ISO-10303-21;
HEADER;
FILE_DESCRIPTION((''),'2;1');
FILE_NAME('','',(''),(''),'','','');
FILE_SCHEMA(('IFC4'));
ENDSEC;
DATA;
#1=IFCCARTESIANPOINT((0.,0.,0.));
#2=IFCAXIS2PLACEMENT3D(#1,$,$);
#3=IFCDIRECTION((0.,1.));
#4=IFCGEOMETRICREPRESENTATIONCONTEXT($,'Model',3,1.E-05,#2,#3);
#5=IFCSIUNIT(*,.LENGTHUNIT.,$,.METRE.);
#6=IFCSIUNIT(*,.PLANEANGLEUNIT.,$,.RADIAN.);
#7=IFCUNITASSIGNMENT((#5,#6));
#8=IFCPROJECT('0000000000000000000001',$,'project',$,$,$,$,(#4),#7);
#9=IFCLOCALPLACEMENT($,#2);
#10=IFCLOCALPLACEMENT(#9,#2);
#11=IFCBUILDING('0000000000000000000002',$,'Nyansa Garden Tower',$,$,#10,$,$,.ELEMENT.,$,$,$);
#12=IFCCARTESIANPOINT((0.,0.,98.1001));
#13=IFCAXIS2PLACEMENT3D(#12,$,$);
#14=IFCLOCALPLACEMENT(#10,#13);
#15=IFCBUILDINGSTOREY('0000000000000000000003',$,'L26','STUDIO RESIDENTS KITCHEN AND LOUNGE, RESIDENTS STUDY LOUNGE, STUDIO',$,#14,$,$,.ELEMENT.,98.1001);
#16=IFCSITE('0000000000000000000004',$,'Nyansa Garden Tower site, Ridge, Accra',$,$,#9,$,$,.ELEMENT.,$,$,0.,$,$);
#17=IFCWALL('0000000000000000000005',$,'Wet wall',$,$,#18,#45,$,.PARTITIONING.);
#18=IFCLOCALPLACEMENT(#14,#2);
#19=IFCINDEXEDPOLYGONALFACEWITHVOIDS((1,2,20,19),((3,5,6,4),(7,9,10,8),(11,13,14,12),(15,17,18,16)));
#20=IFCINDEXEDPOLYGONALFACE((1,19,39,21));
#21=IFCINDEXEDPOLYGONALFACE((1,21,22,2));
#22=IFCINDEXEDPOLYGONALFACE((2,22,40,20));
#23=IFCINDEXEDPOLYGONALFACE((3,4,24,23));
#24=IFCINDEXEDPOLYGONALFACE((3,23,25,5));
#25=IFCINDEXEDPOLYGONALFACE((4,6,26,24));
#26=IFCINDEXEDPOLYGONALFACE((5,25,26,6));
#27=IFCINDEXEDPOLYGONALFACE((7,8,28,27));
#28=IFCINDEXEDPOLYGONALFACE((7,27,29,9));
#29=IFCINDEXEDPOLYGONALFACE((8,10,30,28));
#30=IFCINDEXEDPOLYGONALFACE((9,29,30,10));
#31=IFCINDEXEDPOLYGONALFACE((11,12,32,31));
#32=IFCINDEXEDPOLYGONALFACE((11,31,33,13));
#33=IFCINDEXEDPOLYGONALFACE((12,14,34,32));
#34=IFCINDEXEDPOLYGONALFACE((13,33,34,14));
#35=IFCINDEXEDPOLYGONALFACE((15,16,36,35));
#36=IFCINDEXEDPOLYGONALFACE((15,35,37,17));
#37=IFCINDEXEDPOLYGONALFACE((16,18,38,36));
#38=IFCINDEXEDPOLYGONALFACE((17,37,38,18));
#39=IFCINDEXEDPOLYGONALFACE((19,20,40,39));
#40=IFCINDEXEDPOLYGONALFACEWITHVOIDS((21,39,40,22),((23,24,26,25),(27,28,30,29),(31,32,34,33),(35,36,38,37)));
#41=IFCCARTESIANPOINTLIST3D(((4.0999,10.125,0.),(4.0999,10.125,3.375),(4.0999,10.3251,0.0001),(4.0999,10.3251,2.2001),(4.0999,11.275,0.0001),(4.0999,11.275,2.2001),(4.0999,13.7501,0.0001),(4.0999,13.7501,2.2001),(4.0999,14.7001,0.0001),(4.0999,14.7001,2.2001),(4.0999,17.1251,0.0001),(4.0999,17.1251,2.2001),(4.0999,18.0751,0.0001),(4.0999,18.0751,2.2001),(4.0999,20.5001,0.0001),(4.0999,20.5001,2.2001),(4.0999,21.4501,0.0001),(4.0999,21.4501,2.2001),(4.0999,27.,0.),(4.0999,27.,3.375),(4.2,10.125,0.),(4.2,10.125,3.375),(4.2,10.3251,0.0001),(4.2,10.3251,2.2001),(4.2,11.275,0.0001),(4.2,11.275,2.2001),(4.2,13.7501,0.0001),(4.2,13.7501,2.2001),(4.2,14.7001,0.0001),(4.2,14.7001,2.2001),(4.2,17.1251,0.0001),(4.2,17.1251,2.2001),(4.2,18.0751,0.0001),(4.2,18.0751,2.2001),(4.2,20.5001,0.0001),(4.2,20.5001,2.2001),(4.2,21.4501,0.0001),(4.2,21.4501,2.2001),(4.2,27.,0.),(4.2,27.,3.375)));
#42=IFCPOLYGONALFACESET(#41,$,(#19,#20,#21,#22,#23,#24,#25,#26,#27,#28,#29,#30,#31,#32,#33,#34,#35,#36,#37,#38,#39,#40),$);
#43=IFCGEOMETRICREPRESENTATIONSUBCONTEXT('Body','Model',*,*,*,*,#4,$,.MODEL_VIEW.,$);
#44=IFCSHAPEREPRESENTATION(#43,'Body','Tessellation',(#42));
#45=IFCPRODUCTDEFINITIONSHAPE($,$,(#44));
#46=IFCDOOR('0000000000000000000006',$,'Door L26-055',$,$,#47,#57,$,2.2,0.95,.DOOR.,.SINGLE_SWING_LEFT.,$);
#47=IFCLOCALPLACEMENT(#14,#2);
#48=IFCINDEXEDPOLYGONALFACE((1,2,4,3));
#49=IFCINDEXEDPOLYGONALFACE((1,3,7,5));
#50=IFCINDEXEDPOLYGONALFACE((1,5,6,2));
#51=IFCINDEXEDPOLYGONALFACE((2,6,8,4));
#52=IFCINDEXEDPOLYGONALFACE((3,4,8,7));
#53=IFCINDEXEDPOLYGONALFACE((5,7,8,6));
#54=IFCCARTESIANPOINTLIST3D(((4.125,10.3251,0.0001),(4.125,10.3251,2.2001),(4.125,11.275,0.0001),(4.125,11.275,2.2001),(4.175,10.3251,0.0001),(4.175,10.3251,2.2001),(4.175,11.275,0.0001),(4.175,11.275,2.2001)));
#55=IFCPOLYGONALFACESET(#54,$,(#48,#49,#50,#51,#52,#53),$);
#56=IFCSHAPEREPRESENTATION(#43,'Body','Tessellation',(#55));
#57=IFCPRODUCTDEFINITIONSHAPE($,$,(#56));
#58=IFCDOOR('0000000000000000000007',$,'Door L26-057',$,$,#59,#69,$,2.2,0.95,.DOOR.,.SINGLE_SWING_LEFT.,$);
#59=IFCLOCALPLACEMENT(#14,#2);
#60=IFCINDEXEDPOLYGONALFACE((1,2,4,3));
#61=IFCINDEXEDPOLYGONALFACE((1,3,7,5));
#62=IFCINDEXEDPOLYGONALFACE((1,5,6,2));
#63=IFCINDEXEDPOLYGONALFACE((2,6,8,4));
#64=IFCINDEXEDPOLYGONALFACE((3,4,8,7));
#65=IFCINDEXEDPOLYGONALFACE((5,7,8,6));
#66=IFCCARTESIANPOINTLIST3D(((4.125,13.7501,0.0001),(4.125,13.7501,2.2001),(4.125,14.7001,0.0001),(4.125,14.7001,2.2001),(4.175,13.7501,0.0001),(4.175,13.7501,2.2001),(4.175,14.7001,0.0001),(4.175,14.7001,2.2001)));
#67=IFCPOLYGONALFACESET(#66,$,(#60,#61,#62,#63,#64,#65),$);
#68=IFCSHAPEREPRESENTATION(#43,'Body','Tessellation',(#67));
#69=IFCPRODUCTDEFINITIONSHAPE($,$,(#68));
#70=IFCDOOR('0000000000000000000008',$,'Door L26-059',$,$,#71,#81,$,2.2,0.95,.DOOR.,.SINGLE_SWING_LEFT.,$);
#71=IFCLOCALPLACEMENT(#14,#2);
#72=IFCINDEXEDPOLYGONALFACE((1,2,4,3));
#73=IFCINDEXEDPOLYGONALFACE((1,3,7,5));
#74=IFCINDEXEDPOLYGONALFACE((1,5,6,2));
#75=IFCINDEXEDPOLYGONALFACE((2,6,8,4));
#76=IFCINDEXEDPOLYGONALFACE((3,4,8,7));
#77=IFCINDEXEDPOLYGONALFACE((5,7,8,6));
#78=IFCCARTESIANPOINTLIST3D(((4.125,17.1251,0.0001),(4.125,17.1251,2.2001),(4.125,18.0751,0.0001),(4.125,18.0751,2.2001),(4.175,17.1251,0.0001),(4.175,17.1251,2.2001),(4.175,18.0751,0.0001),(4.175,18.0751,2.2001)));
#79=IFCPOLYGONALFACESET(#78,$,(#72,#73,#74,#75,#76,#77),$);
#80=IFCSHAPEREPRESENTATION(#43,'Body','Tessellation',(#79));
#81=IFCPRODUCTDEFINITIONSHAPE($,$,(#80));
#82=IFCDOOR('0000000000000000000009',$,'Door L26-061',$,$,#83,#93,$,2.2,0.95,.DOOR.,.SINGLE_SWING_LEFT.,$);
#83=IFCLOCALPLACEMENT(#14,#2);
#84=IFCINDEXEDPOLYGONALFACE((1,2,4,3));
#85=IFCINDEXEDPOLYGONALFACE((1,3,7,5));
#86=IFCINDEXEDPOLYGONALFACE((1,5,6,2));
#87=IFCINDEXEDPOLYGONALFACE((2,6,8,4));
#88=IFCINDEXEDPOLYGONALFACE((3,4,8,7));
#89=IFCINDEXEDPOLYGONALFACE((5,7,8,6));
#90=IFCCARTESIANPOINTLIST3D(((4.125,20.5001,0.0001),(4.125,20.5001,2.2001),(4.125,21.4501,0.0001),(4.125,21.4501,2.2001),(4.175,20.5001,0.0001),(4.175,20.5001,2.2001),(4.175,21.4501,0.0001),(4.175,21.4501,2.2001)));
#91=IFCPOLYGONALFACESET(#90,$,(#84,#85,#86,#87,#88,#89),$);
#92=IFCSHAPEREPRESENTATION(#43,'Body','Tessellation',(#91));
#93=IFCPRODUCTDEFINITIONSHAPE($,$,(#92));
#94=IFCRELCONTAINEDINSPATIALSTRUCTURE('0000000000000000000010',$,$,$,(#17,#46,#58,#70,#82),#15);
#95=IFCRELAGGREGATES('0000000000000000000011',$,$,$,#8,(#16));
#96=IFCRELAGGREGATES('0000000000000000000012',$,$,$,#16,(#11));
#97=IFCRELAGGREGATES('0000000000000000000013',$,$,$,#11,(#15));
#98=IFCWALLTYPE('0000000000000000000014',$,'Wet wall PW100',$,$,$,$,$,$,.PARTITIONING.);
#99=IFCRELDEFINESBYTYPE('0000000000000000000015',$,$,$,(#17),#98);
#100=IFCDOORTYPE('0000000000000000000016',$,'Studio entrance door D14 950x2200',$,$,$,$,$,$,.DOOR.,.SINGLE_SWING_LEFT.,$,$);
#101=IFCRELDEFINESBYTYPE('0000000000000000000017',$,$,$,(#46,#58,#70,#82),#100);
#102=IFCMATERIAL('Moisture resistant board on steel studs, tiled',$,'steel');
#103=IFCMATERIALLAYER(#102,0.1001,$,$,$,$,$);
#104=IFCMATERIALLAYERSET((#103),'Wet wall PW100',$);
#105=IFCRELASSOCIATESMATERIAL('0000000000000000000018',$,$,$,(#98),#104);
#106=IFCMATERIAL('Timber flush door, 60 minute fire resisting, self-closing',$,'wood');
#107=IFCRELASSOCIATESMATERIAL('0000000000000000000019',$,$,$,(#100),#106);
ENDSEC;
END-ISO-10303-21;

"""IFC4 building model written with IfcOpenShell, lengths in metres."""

from ifc_helpers import new_model, si_unit, direction, frame, frame_2d, origin, place, context, subcontext, project, spatial, rectangle, extrude, material, layer, layer_set, type_object, element, fill, save


model = new_model("IFC4")

# Units and contexts
model_context = context("Model", 3, precision=1e-05, world=origin(), true_north=direction((0.0, 1.0)))
body_context = subcontext(model_context, "Body", "Model", "MODEL_VIEW")
ifc_project = project(units=[si_unit("LENGTHUNIT", "METRE"), si_unit("PLANEANGLEUNIT", "RADIAN")], contexts=[model_context])

# Site, building, storey
site_placement = place(None, origin())
site = spatial("IfcSite", under=ifc_project, at=site_placement, Name="Nyansa Garden Tower site, Ridge, Accra", CompositionType="ELEMENT", RefElevation=0.0)
building_placement = place(site_placement, origin())
building = spatial("IfcBuilding", under=site, at=building_placement, Name="Nyansa Garden Tower", CompositionType="ELEMENT")
storey_placement = place(building_placement, frame((0.0, 0.0, 98.1001)))
storey = spatial("IfcBuildingStorey", under=building, at=storey_placement, Name="L26", Description="STUDIO RESIDENTS KITCHEN AND LOUNGE, RESIDENTS STUDY LOUNGE, STUDIO", CompositionType="ELEMENT", Elevation=98.1001)

# Shared definitions
ifc_material_1 = material(Name="Moisture resistant board on steel studs, tiled", Category="steel")
ifc_layer_1 = layer(ifc_material_1, 0.1001)
ifc_layer_set_1 = layer_set([ifc_layer_1], Name="Wet wall PW100")
wall_type_1 = type_object("IfcWallType", Name="Wet wall PW100", PredefinedType="PARTITIONING", material=ifc_layer_set_1)

# Wall, openings, doors
wall_1_placement = place(storey_placement, frame((4.1499, 10.125, 0.0), z_axis=(0.0, 0.0, 1.0), x_axis=(0.0, 1.0, 0.0)))
wall_1 = element("IfcWall", 1, at=wall_1_placement, inside=storey, type_object=wall_type_1, Name="Wet wall", PredefinedType="PARTITIONING", context=body_context, shape_type="SweptSolid", body=[
    extrude(rectangle(XDim=16.875, YDim=0.1001, at=frame_2d((8.4375, 0.0))), origin(), (0.0, 0.0, 1.0), 3.375),
])
opening_1_placement = place(wall_1_placement, frame((0.2, 0.0, 0.0)))
opening_1 = element("IfcOpeningElement", 2, at=opening_1_placement, cuts=wall_1, PredefinedType="OPENING", context=body_context, shape_type="SweptSolid", body=[
    extrude(rectangle(XDim=0.95, YDim=2.2, at=frame_2d((0.4751, 1.1001))), frame((0.0, 0.0601, 0.0), z_axis=(0.0, -1.0, 0.0), x_axis=(1.0, 0.0, 0.0)), (0.0, 0.0, 1.0), 0.1201),
])
opening_2_placement = place(wall_1_placement, frame((3.625, 0.0, 0.0)))
opening_2 = element("IfcOpeningElement", 3, at=opening_2_placement, cuts=wall_1, PredefinedType="OPENING", context=body_context, shape_type="SweptSolid", body=[
    extrude(rectangle(XDim=0.95, YDim=2.2, at=frame_2d((0.4751, 1.1001))), frame((0.0, 0.0601, 0.0), z_axis=(0.0, -1.0, 0.0), x_axis=(1.0, 0.0, 0.0)), (0.0, 0.0, 1.0), 0.1201),
])
opening_3_placement = place(wall_1_placement, frame((7.0, 0.0, 0.0)))
opening_3 = element("IfcOpeningElement", 4, at=opening_3_placement, cuts=wall_1, PredefinedType="OPENING", context=body_context, shape_type="SweptSolid", body=[
    extrude(rectangle(XDim=0.95, YDim=2.2, at=frame_2d((0.4751, 1.1001))), frame((0.0, 0.0601, 0.0), z_axis=(0.0, -1.0, 0.0), x_axis=(1.0, 0.0, 0.0)), (0.0, 0.0, 1.0), 0.1201),
])
opening_4_placement = place(wall_1_placement, frame((10.375, 0.0, 0.0)))
opening_4 = element("IfcOpeningElement", 5, at=opening_4_placement, cuts=wall_1, PredefinedType="OPENING", context=body_context, shape_type="SweptSolid", body=[
    extrude(rectangle(XDim=0.95, YDim=2.2, at=frame_2d((0.4751, 1.1001))), frame((0.0, 0.0601, 0.0), z_axis=(0.0, -1.0, 0.0), x_axis=(1.0, 0.0, 0.0)), (0.0, 0.0, 1.0), 0.1201),
])
ifc_material_2 = material(Name="Timber flush door, 60 minute fire resisting, self-closing", Category="wood")
door_type_1 = type_object("IfcDoorType", Name="Studio entrance door D14 950x2200", OperationType="SINGLE_SWING_LEFT", PredefinedType="DOOR", material=ifc_material_2)
door_1_placement = place(opening_1_placement, origin())
door_1 = element("IfcDoor", 6, at=door_1_placement, inside=storey, type_object=door_type_1, Name="Door L26-055", OperationType="SINGLE_SWING_LEFT", OverallHeight=2.2, OverallWidth=0.95, PredefinedType="DOOR", context=body_context, shape_type="SweptSolid", body=[
    extrude(rectangle(XDim=0.95, YDim=2.2, at=frame_2d((0.4751, 1.1001))), frame((0.0, 0.0249, 0.0), z_axis=(0.0, -1.0, 0.0), x_axis=(1.0, 0.0, 0.0)), (0.0, 0.0, 1.0), 0.05),
])
fill(opening_1, door_1)
door_2_placement = place(opening_2_placement, origin())
door_2 = element("IfcDoor", 7, at=door_2_placement, inside=storey, type_object=door_type_1, Name="Door L26-057", OperationType="SINGLE_SWING_LEFT", OverallHeight=2.2, OverallWidth=0.95, PredefinedType="DOOR", context=body_context, shape_type="SweptSolid", body=[
    extrude(rectangle(XDim=0.95, YDim=2.2, at=frame_2d((0.4751, 1.1001))), frame((0.0, 0.0249, 0.0), z_axis=(0.0, -1.0, 0.0), x_axis=(1.0, 0.0, 0.0)), (0.0, 0.0, 1.0), 0.05),
])
fill(opening_2, door_2)
door_3_placement = place(opening_3_placement, origin())
door_3 = element("IfcDoor", 8, at=door_3_placement, inside=storey, type_object=door_type_1, Name="Door L26-059", OperationType="SINGLE_SWING_LEFT", OverallHeight=2.2, OverallWidth=0.95, PredefinedType="DOOR", context=body_context, shape_type="SweptSolid", body=[
    extrude(rectangle(XDim=0.95, YDim=2.2, at=frame_2d((0.4751, 1.1001))), frame((0.0, 0.0249, 0.0), z_axis=(0.0, -1.0, 0.0), x_axis=(1.0, 0.0, 0.0)), (0.0, 0.0, 1.0), 0.05),
])
fill(opening_3, door_3)
door_4_placement = place(opening_4_placement, origin())
door_4 = element("IfcDoor", 9, at=door_4_placement, inside=storey, type_object=door_type_1, Name="Door L26-061", OperationType="SINGLE_SWING_LEFT", OverallHeight=2.2, OverallWidth=0.95, PredefinedType="DOOR", context=body_context, shape_type="SweptSolid", body=[
    extrude(rectangle(XDim=0.95, YDim=2.2, at=frame_2d((0.4751, 1.1001))), frame((0.0, 0.0249, 0.0), z_axis=(0.0, -1.0, 0.0), x_axis=(1.0, 0.0, 0.0)), (0.0, 0.0, 1.0), 0.05),
])
fill(opening_4, door_4)

save(model, "model.ifc")
